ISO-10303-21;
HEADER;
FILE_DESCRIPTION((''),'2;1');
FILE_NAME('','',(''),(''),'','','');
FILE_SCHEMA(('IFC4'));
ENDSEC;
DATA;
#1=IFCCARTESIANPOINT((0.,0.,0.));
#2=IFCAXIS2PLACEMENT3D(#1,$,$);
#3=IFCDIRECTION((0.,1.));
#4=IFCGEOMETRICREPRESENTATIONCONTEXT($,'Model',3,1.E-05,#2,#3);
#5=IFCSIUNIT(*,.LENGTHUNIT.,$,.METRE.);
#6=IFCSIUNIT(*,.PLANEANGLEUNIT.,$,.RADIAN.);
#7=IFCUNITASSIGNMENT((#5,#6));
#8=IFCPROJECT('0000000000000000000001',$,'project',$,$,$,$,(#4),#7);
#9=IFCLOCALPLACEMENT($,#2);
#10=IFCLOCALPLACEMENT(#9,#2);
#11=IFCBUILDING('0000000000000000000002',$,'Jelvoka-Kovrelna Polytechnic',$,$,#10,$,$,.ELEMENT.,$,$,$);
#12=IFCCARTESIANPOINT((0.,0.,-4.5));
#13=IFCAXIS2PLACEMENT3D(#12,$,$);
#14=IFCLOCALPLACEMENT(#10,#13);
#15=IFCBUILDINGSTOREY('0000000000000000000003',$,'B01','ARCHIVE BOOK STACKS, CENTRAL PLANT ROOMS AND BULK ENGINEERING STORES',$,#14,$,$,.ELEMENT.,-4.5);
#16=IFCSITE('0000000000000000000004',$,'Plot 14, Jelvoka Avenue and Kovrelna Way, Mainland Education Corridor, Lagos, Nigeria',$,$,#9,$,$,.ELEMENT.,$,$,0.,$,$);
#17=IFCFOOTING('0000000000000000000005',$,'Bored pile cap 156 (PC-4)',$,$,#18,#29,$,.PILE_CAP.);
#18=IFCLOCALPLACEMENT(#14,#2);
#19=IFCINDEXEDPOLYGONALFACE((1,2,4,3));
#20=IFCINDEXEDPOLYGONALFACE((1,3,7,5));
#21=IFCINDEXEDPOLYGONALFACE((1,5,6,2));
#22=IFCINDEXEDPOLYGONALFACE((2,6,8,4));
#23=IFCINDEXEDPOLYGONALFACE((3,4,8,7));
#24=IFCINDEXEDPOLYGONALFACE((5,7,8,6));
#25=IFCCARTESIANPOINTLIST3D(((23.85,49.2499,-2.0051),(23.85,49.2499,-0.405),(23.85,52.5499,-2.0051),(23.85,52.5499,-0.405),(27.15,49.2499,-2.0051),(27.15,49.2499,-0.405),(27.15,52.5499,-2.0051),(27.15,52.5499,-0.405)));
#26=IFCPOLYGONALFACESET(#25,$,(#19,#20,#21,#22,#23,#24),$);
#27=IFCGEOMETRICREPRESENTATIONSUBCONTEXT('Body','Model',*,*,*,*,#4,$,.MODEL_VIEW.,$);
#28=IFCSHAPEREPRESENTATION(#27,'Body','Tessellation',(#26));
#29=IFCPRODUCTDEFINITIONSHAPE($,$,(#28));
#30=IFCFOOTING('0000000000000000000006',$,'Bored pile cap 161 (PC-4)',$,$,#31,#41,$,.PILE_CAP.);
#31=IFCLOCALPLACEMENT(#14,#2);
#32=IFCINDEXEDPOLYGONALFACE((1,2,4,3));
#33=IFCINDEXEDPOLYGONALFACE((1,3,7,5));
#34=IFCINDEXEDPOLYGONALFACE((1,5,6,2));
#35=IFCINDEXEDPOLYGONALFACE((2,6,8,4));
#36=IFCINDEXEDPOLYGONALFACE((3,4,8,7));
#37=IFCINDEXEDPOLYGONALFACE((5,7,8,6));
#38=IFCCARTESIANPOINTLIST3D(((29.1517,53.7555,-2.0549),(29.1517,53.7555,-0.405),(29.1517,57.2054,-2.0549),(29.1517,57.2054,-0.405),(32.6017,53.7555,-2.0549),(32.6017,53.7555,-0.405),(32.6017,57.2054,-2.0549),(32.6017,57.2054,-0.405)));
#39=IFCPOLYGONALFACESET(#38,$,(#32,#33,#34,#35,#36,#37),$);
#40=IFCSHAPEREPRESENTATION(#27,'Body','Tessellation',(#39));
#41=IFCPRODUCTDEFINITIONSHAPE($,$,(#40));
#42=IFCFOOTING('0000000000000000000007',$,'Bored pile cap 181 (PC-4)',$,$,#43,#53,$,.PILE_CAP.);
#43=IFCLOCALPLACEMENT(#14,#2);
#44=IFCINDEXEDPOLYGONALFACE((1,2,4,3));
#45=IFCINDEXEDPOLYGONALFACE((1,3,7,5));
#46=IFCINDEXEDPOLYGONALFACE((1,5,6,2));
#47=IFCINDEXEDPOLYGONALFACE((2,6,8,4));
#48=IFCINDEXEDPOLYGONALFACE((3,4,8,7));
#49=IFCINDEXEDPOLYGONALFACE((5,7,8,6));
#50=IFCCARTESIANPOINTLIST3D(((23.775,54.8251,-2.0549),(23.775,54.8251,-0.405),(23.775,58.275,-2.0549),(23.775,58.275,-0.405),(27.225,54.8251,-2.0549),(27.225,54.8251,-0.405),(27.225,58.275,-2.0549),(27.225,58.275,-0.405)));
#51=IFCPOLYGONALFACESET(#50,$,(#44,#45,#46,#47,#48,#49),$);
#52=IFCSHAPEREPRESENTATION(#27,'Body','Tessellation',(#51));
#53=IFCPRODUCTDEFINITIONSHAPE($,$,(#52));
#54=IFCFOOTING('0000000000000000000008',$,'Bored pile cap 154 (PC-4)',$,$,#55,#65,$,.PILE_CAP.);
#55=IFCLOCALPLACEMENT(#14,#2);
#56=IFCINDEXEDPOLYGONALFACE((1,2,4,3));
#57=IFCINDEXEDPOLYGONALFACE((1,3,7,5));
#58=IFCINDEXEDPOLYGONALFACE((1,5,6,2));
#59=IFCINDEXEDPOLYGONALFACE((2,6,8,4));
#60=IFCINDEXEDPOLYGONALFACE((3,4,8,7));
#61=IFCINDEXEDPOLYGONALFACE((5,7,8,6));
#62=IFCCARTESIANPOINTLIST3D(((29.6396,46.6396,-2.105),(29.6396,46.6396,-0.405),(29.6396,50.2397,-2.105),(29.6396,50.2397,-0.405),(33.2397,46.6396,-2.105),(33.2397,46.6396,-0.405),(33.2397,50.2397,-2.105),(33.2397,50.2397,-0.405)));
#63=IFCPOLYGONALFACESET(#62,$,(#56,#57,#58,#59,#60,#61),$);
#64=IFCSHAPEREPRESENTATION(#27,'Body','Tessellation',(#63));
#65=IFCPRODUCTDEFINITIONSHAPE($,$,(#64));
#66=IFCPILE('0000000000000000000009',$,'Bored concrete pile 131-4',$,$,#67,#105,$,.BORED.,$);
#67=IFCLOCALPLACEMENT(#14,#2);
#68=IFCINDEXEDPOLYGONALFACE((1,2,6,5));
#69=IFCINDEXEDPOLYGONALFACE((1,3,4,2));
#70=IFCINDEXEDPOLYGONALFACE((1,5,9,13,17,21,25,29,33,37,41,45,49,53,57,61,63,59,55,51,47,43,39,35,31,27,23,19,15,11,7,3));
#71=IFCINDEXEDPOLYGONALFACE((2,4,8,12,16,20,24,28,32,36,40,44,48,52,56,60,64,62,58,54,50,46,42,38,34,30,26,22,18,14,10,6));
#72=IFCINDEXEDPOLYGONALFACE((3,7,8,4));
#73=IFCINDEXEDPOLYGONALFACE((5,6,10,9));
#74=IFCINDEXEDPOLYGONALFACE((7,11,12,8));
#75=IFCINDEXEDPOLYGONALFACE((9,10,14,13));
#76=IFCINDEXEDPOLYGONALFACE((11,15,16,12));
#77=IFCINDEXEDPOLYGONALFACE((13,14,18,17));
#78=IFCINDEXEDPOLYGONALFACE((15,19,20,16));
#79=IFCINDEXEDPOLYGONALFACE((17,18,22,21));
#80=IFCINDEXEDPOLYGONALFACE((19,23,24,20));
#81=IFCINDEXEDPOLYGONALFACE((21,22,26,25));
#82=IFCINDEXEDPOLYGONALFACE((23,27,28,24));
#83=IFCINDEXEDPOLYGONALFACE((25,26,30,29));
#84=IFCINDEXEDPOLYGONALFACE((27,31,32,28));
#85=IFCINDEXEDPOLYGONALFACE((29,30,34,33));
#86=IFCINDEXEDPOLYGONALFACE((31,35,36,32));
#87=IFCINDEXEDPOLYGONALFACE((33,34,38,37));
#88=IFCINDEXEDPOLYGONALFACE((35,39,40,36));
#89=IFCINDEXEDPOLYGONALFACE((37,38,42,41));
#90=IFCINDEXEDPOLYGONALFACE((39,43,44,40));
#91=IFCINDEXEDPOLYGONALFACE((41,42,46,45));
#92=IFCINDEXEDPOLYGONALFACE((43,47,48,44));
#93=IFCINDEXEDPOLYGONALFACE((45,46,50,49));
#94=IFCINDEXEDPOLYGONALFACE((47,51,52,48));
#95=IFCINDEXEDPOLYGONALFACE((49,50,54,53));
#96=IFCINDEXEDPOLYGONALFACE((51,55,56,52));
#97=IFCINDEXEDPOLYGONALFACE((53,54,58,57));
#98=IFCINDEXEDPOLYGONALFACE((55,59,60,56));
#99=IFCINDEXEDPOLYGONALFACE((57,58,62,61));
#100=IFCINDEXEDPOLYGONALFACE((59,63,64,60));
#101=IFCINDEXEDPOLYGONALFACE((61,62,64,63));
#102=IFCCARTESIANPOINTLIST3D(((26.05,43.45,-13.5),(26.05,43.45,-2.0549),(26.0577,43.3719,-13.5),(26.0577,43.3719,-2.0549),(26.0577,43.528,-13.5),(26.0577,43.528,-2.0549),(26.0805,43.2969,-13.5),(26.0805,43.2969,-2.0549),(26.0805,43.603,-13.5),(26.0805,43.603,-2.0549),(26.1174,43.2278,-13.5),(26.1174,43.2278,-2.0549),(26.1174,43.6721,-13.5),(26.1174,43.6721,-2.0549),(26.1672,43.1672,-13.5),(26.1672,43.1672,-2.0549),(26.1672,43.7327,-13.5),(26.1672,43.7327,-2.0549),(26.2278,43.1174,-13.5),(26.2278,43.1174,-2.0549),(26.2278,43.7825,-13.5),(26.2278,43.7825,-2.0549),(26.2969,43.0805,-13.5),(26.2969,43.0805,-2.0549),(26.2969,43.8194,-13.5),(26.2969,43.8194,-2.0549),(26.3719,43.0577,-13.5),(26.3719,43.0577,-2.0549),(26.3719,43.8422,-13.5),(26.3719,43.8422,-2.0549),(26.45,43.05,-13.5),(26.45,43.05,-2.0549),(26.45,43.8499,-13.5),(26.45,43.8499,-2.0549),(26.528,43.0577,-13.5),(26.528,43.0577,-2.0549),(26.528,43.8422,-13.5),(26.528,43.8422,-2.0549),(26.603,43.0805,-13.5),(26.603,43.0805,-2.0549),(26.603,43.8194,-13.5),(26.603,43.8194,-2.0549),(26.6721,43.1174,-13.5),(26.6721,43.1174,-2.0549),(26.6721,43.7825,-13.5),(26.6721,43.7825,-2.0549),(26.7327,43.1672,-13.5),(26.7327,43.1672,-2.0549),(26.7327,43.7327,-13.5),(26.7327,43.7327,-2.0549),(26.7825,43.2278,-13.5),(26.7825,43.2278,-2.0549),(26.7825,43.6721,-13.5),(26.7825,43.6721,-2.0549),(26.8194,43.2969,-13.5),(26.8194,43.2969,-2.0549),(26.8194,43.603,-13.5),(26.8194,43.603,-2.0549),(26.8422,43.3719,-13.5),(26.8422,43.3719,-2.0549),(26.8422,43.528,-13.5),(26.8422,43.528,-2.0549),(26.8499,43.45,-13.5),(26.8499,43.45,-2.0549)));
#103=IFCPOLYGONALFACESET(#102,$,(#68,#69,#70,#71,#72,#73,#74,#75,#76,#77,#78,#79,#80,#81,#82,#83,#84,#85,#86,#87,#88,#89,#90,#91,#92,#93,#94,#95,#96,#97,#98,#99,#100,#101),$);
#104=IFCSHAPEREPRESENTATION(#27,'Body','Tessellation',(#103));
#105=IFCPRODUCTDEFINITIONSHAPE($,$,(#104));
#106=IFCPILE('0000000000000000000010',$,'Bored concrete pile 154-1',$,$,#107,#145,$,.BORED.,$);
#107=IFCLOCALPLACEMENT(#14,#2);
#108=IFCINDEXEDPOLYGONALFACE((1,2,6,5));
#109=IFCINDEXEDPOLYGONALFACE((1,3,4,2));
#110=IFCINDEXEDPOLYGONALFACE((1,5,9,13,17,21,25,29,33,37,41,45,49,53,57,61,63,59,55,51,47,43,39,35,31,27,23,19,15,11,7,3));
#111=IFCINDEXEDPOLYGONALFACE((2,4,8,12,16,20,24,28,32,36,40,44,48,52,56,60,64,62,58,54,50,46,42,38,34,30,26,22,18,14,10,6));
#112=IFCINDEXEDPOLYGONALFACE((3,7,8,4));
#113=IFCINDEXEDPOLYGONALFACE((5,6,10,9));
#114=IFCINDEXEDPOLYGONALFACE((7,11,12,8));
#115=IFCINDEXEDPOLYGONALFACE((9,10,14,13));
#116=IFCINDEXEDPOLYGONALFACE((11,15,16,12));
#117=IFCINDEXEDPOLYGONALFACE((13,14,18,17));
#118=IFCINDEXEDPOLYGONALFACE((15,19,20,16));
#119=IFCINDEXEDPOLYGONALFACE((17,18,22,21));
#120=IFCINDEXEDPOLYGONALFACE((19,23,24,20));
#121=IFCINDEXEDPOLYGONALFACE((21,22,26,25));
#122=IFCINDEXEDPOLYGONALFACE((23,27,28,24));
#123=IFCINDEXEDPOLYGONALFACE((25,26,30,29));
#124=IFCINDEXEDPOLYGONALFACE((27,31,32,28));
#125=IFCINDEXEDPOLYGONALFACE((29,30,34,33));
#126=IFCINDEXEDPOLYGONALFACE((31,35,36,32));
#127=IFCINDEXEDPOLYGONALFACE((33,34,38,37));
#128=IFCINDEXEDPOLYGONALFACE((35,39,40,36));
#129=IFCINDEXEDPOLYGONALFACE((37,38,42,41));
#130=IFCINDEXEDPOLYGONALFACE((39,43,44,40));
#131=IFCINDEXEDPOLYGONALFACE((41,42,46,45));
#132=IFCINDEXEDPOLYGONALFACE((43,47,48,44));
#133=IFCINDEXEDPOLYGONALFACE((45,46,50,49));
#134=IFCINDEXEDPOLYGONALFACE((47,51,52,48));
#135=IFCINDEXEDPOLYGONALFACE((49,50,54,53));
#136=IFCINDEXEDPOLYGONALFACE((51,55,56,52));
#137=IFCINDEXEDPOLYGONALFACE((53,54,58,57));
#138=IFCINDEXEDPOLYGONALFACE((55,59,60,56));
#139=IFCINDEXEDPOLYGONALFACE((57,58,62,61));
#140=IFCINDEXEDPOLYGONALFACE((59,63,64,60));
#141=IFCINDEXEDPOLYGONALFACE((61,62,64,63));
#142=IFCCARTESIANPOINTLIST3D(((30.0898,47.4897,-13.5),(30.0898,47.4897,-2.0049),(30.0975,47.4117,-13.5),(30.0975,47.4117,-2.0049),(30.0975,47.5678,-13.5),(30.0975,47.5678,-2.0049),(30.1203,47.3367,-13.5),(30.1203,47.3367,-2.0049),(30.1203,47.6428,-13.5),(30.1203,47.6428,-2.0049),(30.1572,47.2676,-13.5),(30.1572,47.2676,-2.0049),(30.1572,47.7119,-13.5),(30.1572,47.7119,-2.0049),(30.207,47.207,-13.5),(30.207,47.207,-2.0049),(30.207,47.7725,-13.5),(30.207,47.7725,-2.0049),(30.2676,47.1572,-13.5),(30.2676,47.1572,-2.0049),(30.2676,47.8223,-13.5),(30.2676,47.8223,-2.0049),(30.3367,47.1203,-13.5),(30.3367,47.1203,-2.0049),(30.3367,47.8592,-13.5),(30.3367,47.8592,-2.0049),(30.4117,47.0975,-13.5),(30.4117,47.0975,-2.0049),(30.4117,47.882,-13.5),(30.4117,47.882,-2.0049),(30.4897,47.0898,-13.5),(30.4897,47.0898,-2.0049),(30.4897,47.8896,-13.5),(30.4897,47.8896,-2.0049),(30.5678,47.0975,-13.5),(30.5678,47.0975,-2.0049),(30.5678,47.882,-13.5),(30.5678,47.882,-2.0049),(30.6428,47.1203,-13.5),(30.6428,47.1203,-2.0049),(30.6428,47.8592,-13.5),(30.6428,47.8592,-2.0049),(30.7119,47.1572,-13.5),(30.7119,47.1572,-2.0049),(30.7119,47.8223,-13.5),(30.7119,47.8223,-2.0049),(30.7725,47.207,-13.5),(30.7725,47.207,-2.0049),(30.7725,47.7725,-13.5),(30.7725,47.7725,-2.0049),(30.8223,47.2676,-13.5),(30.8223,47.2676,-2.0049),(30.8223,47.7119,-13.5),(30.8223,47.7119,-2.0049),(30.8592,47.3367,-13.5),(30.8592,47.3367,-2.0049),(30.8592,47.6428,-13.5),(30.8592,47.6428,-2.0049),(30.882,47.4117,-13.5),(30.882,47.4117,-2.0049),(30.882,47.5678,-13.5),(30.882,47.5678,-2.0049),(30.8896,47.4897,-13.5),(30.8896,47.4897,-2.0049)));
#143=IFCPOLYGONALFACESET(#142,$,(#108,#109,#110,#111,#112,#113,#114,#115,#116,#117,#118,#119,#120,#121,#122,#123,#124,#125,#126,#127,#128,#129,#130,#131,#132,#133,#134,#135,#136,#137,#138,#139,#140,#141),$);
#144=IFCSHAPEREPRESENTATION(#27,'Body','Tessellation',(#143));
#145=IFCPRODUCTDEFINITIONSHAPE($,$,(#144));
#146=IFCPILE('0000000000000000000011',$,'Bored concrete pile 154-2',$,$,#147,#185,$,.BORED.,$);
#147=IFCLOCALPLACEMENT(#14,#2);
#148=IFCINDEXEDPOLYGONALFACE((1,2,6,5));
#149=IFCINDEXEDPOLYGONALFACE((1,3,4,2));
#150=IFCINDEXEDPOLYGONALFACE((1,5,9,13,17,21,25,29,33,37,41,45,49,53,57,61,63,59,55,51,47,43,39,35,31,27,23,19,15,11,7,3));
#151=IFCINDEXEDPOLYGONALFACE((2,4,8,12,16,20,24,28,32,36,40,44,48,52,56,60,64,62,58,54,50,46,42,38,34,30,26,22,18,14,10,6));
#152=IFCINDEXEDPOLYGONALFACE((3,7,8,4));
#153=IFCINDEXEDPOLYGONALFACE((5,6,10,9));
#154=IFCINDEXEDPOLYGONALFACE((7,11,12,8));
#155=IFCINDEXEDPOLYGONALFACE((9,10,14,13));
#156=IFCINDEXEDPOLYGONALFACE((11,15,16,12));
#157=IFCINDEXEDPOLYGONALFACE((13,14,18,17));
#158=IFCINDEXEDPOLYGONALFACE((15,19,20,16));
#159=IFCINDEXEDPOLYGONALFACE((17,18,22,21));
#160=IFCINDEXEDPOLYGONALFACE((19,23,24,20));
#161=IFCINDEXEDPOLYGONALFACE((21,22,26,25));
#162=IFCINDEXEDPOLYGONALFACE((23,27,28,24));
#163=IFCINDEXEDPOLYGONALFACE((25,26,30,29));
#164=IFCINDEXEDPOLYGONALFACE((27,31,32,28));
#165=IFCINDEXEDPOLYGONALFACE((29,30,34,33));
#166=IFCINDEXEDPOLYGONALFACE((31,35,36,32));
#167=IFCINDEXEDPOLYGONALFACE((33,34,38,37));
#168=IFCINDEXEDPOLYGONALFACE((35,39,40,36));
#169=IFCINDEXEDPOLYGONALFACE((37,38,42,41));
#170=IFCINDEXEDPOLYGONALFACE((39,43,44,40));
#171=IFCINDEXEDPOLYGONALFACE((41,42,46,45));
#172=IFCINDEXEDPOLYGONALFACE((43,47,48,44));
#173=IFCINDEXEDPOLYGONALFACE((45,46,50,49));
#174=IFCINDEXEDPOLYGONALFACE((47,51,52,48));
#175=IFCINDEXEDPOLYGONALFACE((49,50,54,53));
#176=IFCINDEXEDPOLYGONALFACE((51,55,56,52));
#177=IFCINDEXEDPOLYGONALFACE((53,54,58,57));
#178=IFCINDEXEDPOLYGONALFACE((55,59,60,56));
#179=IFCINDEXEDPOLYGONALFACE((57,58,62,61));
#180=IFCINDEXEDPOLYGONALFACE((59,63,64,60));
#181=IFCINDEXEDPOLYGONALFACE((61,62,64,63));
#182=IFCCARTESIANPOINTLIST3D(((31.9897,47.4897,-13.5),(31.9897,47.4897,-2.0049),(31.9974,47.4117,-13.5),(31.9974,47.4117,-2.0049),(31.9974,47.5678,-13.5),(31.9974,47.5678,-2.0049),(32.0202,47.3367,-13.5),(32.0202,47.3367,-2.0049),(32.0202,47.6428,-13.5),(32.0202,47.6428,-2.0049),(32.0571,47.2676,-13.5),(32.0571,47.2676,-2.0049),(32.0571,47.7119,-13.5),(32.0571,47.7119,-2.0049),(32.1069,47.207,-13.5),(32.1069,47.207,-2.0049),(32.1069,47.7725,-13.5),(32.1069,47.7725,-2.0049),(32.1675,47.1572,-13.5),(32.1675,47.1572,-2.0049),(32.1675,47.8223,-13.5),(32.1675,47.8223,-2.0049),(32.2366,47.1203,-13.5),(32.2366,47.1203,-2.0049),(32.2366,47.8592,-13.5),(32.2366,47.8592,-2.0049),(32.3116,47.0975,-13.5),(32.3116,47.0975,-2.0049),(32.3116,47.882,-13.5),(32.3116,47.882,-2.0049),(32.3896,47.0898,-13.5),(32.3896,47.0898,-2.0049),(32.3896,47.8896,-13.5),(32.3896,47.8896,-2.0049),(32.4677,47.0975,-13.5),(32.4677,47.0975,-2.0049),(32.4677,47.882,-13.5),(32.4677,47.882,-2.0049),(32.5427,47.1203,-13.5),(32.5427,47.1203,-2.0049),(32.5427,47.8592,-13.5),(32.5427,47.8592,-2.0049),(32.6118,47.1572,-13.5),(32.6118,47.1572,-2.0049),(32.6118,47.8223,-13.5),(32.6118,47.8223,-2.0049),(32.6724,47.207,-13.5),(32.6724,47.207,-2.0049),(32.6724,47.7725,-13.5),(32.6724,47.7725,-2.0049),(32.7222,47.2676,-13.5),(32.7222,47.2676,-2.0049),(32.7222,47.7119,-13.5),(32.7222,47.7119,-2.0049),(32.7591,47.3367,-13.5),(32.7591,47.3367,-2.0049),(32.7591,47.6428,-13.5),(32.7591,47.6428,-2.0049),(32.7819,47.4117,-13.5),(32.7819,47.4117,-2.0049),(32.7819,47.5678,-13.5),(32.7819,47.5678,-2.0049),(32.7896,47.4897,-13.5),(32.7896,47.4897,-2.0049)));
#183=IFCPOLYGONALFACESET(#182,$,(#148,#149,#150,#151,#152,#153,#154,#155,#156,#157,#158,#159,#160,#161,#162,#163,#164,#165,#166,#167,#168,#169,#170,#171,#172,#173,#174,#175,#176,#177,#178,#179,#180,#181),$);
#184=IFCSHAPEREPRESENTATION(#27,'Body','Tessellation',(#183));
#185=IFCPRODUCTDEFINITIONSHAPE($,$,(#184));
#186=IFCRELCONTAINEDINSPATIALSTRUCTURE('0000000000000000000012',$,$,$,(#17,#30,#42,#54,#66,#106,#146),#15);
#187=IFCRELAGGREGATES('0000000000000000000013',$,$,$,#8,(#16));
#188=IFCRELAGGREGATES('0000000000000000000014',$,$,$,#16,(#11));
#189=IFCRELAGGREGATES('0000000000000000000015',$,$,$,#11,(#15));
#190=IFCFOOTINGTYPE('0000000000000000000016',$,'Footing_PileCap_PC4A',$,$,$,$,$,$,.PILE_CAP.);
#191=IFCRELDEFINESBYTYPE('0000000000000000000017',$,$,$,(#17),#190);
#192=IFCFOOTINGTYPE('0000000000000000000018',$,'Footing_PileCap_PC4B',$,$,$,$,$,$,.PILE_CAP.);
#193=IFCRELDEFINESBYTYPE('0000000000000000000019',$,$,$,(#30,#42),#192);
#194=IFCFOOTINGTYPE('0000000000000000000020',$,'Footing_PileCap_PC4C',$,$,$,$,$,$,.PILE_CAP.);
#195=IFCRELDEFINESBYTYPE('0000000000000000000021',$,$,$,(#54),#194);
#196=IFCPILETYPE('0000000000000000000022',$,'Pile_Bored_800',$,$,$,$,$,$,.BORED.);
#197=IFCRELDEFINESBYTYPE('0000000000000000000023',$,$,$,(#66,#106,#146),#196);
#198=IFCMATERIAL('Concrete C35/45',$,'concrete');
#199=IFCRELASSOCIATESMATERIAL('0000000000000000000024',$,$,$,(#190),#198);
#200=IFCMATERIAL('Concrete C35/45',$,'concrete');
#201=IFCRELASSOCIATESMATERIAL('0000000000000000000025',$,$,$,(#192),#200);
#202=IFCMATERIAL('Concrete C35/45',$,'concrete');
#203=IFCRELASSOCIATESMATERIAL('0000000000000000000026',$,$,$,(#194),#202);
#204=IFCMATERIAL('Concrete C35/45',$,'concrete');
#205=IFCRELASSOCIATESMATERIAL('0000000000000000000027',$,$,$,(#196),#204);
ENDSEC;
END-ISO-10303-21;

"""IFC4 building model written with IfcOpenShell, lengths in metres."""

from ifc_helpers import new_model, si_unit, direction, frame, origin, origin_2d, place, context, subcontext, project, spatial, rectangle, circle, extrude, material, material_profile, profile_set, type_object, element, save


model = new_model("IFC4")

# Units and contexts
model_context = context("Model", 3, precision=1e-05, world=origin(), true_north=direction((0.0, 1.0)))
body_context = subcontext(model_context, "Body", "Model", "MODEL_VIEW")
ifc_project = project(units=[si_unit("LENGTHUNIT", "METRE"), si_unit("PLANEANGLEUNIT", "RADIAN")], contexts=[model_context])

# Site, building, storey
site_placement = place(None, origin())
site = spatial("IfcSite", under=ifc_project, at=site_placement, Name="Plot 14, Jelvoka Avenue and Kovrelna Way, Mainland Education Corridor, Lagos, Nigeria", CompositionType="ELEMENT", RefElevation=0.0)
building_placement = place(site_placement, origin())
building = spatial("IfcBuilding", under=site, at=building_placement, Name="Jelvoka-Kovrelna Polytechnic", CompositionType="ELEMENT")
storey_placement = place(building_placement, frame((0.0, 0.0, -4.5)))
storey = spatial("IfcBuildingStorey", under=building, at=storey_placement, Name="B01", Description="ARCHIVE BOOK STACKS, CENTRAL PLANT ROOMS AND BULK ENGINEERING STORES", CompositionType="ELEMENT", Elevation=-4.5)

# Footings
ifc_material_1 = material(Name="Concrete C35/45", Category="concrete")
footing_type_1 = type_object("IfcFootingType", Name="Footing_PileCap_PC4A", PredefinedType="PILE_CAP", material=ifc_material_1)
footing_1_placement = place(storey_placement, frame((25.5, 50.8999, -2.0051), z_axis=(0.0, 0.0, 1.0), x_axis=(1.0, 0.0, 0.0)))
element("IfcFooting", 1, at=footing_1_placement, inside=storey, type_object=footing_type_1, Name="Bored pile cap 156 (PC-4)", PredefinedType="PILE_CAP", context=body_context, shape_type="SweptSolid", body=[
    extrude(rectangle(XDim=3.3, YDim=3.3, at=origin_2d()), origin(), (0.0, 0.0, 1.0), 1.6001),
])
ifc_material_2 = material(Name="Concrete C35/45", Category="concrete")
footing_type_2 = type_object("IfcFootingType", Name="Footing_PileCap_PC4B", PredefinedType="PILE_CAP", material=ifc_material_2)
for number, where, z_axis, x_axis, name in (
    (2, (30.8767, 55.4805, -2.0549), (0.0, 0.0, 1.0), (1.0, 0.0, 0.0), "Bored pile cap 161 (PC-4)"),
    (3, (25.5, 56.55, -2.0549), (0.0, 0.0, 1.0), (1.0, 0.0, 0.0), "Bored pile cap 181 (PC-4)"),
):
    element("IfcFooting", number, at=place(storey_placement, frame(where, z_axis=z_axis, x_axis=x_axis)), inside=storey, type_object=footing_type_2, Name=name, PredefinedType="PILE_CAP", context=body_context, shape_type="SweptSolid", body=[
        extrude(rectangle(XDim=3.45, YDim=3.45, at=origin_2d()), origin(), (0.0, 0.0, 1.0), 1.6499),
    ])
ifc_material_3 = material(Name="Concrete C35/45", Category="concrete")
footing_type_3 = type_object("IfcFootingType", Name="Footing_PileCap_PC4C", PredefinedType="PILE_CAP", material=ifc_material_3)
footing_2_placement = place(storey_placement, frame((31.4397, 48.4397, -2.105), z_axis=(0.0, 0.0, 1.0), x_axis=(1.0, 0.0, 0.0)))
element("IfcFooting", 4, at=footing_2_placement, inside=storey, type_object=footing_type_3, Name="Bored pile cap 154 (PC-4)", PredefinedType="PILE_CAP", context=body_context, shape_type="SweptSolid", body=[
    extrude(rectangle(XDim=3.6001, YDim=3.6001, at=origin_2d()), origin(), (0.0, 0.0, 1.0), 1.7),
])

# Piles
ifc_material_4 = material(Name="Concrete C35/45", Category="concrete")
ifc_material_profile_1 = material_profile(ifc_material_4, circle(Radius=0.3999, at=origin_2d()), Name="PILE D800")
ifc_profile_set_1 = profile_set([ifc_material_profile_1], Name="Concrete C35/45")
pile_type = type_object("IfcPileType", Name="Pile_Bored_800", PredefinedType="BORED", material=ifc_profile_set_1)
pile_placement = place(storey_placement, frame((26.45, 43.45, -2.0549), z_axis=(0.0, 0.0, -1.0), x_axis=(1.0, 0.0, 0.0)))
element("IfcPile", 5, at=pile_placement, inside=storey, type_object=pile_type, Name="Bored concrete pile 131-4", PredefinedType="BORED", context=body_context, shape_type="SweptSolid", body=[
    extrude(circle(Radius=0.3999, at=origin_2d()), origin(), (0.0, 0.0, 1.0), 11.4451),
])
for number, where, z_axis, x_axis, name in (
    (6, (30.4897, 47.4897, -2.0049), (0.0, 0.0, -1.0), (1.0, 0.0, 0.0), "Bored concrete pile 154-1"),
    (7, (32.3896, 47.4897, -2.0049), (0.0, 0.0, -1.0), (1.0, 0.0, 0.0), "Bored concrete pile 154-2"),
):
    element("IfcPile", number, at=place(storey_placement, frame(where, z_axis=z_axis, x_axis=x_axis)), inside=storey, type_object=pile_type, Name=name, PredefinedType="BORED", context=body_context, shape_type="SweptSolid", body=[
        extrude(circle(Radius=0.3999, at=origin_2d()), origin(), (0.0, 0.0, 1.0), 11.4951),
    ])

save(model, "model.ifc")
